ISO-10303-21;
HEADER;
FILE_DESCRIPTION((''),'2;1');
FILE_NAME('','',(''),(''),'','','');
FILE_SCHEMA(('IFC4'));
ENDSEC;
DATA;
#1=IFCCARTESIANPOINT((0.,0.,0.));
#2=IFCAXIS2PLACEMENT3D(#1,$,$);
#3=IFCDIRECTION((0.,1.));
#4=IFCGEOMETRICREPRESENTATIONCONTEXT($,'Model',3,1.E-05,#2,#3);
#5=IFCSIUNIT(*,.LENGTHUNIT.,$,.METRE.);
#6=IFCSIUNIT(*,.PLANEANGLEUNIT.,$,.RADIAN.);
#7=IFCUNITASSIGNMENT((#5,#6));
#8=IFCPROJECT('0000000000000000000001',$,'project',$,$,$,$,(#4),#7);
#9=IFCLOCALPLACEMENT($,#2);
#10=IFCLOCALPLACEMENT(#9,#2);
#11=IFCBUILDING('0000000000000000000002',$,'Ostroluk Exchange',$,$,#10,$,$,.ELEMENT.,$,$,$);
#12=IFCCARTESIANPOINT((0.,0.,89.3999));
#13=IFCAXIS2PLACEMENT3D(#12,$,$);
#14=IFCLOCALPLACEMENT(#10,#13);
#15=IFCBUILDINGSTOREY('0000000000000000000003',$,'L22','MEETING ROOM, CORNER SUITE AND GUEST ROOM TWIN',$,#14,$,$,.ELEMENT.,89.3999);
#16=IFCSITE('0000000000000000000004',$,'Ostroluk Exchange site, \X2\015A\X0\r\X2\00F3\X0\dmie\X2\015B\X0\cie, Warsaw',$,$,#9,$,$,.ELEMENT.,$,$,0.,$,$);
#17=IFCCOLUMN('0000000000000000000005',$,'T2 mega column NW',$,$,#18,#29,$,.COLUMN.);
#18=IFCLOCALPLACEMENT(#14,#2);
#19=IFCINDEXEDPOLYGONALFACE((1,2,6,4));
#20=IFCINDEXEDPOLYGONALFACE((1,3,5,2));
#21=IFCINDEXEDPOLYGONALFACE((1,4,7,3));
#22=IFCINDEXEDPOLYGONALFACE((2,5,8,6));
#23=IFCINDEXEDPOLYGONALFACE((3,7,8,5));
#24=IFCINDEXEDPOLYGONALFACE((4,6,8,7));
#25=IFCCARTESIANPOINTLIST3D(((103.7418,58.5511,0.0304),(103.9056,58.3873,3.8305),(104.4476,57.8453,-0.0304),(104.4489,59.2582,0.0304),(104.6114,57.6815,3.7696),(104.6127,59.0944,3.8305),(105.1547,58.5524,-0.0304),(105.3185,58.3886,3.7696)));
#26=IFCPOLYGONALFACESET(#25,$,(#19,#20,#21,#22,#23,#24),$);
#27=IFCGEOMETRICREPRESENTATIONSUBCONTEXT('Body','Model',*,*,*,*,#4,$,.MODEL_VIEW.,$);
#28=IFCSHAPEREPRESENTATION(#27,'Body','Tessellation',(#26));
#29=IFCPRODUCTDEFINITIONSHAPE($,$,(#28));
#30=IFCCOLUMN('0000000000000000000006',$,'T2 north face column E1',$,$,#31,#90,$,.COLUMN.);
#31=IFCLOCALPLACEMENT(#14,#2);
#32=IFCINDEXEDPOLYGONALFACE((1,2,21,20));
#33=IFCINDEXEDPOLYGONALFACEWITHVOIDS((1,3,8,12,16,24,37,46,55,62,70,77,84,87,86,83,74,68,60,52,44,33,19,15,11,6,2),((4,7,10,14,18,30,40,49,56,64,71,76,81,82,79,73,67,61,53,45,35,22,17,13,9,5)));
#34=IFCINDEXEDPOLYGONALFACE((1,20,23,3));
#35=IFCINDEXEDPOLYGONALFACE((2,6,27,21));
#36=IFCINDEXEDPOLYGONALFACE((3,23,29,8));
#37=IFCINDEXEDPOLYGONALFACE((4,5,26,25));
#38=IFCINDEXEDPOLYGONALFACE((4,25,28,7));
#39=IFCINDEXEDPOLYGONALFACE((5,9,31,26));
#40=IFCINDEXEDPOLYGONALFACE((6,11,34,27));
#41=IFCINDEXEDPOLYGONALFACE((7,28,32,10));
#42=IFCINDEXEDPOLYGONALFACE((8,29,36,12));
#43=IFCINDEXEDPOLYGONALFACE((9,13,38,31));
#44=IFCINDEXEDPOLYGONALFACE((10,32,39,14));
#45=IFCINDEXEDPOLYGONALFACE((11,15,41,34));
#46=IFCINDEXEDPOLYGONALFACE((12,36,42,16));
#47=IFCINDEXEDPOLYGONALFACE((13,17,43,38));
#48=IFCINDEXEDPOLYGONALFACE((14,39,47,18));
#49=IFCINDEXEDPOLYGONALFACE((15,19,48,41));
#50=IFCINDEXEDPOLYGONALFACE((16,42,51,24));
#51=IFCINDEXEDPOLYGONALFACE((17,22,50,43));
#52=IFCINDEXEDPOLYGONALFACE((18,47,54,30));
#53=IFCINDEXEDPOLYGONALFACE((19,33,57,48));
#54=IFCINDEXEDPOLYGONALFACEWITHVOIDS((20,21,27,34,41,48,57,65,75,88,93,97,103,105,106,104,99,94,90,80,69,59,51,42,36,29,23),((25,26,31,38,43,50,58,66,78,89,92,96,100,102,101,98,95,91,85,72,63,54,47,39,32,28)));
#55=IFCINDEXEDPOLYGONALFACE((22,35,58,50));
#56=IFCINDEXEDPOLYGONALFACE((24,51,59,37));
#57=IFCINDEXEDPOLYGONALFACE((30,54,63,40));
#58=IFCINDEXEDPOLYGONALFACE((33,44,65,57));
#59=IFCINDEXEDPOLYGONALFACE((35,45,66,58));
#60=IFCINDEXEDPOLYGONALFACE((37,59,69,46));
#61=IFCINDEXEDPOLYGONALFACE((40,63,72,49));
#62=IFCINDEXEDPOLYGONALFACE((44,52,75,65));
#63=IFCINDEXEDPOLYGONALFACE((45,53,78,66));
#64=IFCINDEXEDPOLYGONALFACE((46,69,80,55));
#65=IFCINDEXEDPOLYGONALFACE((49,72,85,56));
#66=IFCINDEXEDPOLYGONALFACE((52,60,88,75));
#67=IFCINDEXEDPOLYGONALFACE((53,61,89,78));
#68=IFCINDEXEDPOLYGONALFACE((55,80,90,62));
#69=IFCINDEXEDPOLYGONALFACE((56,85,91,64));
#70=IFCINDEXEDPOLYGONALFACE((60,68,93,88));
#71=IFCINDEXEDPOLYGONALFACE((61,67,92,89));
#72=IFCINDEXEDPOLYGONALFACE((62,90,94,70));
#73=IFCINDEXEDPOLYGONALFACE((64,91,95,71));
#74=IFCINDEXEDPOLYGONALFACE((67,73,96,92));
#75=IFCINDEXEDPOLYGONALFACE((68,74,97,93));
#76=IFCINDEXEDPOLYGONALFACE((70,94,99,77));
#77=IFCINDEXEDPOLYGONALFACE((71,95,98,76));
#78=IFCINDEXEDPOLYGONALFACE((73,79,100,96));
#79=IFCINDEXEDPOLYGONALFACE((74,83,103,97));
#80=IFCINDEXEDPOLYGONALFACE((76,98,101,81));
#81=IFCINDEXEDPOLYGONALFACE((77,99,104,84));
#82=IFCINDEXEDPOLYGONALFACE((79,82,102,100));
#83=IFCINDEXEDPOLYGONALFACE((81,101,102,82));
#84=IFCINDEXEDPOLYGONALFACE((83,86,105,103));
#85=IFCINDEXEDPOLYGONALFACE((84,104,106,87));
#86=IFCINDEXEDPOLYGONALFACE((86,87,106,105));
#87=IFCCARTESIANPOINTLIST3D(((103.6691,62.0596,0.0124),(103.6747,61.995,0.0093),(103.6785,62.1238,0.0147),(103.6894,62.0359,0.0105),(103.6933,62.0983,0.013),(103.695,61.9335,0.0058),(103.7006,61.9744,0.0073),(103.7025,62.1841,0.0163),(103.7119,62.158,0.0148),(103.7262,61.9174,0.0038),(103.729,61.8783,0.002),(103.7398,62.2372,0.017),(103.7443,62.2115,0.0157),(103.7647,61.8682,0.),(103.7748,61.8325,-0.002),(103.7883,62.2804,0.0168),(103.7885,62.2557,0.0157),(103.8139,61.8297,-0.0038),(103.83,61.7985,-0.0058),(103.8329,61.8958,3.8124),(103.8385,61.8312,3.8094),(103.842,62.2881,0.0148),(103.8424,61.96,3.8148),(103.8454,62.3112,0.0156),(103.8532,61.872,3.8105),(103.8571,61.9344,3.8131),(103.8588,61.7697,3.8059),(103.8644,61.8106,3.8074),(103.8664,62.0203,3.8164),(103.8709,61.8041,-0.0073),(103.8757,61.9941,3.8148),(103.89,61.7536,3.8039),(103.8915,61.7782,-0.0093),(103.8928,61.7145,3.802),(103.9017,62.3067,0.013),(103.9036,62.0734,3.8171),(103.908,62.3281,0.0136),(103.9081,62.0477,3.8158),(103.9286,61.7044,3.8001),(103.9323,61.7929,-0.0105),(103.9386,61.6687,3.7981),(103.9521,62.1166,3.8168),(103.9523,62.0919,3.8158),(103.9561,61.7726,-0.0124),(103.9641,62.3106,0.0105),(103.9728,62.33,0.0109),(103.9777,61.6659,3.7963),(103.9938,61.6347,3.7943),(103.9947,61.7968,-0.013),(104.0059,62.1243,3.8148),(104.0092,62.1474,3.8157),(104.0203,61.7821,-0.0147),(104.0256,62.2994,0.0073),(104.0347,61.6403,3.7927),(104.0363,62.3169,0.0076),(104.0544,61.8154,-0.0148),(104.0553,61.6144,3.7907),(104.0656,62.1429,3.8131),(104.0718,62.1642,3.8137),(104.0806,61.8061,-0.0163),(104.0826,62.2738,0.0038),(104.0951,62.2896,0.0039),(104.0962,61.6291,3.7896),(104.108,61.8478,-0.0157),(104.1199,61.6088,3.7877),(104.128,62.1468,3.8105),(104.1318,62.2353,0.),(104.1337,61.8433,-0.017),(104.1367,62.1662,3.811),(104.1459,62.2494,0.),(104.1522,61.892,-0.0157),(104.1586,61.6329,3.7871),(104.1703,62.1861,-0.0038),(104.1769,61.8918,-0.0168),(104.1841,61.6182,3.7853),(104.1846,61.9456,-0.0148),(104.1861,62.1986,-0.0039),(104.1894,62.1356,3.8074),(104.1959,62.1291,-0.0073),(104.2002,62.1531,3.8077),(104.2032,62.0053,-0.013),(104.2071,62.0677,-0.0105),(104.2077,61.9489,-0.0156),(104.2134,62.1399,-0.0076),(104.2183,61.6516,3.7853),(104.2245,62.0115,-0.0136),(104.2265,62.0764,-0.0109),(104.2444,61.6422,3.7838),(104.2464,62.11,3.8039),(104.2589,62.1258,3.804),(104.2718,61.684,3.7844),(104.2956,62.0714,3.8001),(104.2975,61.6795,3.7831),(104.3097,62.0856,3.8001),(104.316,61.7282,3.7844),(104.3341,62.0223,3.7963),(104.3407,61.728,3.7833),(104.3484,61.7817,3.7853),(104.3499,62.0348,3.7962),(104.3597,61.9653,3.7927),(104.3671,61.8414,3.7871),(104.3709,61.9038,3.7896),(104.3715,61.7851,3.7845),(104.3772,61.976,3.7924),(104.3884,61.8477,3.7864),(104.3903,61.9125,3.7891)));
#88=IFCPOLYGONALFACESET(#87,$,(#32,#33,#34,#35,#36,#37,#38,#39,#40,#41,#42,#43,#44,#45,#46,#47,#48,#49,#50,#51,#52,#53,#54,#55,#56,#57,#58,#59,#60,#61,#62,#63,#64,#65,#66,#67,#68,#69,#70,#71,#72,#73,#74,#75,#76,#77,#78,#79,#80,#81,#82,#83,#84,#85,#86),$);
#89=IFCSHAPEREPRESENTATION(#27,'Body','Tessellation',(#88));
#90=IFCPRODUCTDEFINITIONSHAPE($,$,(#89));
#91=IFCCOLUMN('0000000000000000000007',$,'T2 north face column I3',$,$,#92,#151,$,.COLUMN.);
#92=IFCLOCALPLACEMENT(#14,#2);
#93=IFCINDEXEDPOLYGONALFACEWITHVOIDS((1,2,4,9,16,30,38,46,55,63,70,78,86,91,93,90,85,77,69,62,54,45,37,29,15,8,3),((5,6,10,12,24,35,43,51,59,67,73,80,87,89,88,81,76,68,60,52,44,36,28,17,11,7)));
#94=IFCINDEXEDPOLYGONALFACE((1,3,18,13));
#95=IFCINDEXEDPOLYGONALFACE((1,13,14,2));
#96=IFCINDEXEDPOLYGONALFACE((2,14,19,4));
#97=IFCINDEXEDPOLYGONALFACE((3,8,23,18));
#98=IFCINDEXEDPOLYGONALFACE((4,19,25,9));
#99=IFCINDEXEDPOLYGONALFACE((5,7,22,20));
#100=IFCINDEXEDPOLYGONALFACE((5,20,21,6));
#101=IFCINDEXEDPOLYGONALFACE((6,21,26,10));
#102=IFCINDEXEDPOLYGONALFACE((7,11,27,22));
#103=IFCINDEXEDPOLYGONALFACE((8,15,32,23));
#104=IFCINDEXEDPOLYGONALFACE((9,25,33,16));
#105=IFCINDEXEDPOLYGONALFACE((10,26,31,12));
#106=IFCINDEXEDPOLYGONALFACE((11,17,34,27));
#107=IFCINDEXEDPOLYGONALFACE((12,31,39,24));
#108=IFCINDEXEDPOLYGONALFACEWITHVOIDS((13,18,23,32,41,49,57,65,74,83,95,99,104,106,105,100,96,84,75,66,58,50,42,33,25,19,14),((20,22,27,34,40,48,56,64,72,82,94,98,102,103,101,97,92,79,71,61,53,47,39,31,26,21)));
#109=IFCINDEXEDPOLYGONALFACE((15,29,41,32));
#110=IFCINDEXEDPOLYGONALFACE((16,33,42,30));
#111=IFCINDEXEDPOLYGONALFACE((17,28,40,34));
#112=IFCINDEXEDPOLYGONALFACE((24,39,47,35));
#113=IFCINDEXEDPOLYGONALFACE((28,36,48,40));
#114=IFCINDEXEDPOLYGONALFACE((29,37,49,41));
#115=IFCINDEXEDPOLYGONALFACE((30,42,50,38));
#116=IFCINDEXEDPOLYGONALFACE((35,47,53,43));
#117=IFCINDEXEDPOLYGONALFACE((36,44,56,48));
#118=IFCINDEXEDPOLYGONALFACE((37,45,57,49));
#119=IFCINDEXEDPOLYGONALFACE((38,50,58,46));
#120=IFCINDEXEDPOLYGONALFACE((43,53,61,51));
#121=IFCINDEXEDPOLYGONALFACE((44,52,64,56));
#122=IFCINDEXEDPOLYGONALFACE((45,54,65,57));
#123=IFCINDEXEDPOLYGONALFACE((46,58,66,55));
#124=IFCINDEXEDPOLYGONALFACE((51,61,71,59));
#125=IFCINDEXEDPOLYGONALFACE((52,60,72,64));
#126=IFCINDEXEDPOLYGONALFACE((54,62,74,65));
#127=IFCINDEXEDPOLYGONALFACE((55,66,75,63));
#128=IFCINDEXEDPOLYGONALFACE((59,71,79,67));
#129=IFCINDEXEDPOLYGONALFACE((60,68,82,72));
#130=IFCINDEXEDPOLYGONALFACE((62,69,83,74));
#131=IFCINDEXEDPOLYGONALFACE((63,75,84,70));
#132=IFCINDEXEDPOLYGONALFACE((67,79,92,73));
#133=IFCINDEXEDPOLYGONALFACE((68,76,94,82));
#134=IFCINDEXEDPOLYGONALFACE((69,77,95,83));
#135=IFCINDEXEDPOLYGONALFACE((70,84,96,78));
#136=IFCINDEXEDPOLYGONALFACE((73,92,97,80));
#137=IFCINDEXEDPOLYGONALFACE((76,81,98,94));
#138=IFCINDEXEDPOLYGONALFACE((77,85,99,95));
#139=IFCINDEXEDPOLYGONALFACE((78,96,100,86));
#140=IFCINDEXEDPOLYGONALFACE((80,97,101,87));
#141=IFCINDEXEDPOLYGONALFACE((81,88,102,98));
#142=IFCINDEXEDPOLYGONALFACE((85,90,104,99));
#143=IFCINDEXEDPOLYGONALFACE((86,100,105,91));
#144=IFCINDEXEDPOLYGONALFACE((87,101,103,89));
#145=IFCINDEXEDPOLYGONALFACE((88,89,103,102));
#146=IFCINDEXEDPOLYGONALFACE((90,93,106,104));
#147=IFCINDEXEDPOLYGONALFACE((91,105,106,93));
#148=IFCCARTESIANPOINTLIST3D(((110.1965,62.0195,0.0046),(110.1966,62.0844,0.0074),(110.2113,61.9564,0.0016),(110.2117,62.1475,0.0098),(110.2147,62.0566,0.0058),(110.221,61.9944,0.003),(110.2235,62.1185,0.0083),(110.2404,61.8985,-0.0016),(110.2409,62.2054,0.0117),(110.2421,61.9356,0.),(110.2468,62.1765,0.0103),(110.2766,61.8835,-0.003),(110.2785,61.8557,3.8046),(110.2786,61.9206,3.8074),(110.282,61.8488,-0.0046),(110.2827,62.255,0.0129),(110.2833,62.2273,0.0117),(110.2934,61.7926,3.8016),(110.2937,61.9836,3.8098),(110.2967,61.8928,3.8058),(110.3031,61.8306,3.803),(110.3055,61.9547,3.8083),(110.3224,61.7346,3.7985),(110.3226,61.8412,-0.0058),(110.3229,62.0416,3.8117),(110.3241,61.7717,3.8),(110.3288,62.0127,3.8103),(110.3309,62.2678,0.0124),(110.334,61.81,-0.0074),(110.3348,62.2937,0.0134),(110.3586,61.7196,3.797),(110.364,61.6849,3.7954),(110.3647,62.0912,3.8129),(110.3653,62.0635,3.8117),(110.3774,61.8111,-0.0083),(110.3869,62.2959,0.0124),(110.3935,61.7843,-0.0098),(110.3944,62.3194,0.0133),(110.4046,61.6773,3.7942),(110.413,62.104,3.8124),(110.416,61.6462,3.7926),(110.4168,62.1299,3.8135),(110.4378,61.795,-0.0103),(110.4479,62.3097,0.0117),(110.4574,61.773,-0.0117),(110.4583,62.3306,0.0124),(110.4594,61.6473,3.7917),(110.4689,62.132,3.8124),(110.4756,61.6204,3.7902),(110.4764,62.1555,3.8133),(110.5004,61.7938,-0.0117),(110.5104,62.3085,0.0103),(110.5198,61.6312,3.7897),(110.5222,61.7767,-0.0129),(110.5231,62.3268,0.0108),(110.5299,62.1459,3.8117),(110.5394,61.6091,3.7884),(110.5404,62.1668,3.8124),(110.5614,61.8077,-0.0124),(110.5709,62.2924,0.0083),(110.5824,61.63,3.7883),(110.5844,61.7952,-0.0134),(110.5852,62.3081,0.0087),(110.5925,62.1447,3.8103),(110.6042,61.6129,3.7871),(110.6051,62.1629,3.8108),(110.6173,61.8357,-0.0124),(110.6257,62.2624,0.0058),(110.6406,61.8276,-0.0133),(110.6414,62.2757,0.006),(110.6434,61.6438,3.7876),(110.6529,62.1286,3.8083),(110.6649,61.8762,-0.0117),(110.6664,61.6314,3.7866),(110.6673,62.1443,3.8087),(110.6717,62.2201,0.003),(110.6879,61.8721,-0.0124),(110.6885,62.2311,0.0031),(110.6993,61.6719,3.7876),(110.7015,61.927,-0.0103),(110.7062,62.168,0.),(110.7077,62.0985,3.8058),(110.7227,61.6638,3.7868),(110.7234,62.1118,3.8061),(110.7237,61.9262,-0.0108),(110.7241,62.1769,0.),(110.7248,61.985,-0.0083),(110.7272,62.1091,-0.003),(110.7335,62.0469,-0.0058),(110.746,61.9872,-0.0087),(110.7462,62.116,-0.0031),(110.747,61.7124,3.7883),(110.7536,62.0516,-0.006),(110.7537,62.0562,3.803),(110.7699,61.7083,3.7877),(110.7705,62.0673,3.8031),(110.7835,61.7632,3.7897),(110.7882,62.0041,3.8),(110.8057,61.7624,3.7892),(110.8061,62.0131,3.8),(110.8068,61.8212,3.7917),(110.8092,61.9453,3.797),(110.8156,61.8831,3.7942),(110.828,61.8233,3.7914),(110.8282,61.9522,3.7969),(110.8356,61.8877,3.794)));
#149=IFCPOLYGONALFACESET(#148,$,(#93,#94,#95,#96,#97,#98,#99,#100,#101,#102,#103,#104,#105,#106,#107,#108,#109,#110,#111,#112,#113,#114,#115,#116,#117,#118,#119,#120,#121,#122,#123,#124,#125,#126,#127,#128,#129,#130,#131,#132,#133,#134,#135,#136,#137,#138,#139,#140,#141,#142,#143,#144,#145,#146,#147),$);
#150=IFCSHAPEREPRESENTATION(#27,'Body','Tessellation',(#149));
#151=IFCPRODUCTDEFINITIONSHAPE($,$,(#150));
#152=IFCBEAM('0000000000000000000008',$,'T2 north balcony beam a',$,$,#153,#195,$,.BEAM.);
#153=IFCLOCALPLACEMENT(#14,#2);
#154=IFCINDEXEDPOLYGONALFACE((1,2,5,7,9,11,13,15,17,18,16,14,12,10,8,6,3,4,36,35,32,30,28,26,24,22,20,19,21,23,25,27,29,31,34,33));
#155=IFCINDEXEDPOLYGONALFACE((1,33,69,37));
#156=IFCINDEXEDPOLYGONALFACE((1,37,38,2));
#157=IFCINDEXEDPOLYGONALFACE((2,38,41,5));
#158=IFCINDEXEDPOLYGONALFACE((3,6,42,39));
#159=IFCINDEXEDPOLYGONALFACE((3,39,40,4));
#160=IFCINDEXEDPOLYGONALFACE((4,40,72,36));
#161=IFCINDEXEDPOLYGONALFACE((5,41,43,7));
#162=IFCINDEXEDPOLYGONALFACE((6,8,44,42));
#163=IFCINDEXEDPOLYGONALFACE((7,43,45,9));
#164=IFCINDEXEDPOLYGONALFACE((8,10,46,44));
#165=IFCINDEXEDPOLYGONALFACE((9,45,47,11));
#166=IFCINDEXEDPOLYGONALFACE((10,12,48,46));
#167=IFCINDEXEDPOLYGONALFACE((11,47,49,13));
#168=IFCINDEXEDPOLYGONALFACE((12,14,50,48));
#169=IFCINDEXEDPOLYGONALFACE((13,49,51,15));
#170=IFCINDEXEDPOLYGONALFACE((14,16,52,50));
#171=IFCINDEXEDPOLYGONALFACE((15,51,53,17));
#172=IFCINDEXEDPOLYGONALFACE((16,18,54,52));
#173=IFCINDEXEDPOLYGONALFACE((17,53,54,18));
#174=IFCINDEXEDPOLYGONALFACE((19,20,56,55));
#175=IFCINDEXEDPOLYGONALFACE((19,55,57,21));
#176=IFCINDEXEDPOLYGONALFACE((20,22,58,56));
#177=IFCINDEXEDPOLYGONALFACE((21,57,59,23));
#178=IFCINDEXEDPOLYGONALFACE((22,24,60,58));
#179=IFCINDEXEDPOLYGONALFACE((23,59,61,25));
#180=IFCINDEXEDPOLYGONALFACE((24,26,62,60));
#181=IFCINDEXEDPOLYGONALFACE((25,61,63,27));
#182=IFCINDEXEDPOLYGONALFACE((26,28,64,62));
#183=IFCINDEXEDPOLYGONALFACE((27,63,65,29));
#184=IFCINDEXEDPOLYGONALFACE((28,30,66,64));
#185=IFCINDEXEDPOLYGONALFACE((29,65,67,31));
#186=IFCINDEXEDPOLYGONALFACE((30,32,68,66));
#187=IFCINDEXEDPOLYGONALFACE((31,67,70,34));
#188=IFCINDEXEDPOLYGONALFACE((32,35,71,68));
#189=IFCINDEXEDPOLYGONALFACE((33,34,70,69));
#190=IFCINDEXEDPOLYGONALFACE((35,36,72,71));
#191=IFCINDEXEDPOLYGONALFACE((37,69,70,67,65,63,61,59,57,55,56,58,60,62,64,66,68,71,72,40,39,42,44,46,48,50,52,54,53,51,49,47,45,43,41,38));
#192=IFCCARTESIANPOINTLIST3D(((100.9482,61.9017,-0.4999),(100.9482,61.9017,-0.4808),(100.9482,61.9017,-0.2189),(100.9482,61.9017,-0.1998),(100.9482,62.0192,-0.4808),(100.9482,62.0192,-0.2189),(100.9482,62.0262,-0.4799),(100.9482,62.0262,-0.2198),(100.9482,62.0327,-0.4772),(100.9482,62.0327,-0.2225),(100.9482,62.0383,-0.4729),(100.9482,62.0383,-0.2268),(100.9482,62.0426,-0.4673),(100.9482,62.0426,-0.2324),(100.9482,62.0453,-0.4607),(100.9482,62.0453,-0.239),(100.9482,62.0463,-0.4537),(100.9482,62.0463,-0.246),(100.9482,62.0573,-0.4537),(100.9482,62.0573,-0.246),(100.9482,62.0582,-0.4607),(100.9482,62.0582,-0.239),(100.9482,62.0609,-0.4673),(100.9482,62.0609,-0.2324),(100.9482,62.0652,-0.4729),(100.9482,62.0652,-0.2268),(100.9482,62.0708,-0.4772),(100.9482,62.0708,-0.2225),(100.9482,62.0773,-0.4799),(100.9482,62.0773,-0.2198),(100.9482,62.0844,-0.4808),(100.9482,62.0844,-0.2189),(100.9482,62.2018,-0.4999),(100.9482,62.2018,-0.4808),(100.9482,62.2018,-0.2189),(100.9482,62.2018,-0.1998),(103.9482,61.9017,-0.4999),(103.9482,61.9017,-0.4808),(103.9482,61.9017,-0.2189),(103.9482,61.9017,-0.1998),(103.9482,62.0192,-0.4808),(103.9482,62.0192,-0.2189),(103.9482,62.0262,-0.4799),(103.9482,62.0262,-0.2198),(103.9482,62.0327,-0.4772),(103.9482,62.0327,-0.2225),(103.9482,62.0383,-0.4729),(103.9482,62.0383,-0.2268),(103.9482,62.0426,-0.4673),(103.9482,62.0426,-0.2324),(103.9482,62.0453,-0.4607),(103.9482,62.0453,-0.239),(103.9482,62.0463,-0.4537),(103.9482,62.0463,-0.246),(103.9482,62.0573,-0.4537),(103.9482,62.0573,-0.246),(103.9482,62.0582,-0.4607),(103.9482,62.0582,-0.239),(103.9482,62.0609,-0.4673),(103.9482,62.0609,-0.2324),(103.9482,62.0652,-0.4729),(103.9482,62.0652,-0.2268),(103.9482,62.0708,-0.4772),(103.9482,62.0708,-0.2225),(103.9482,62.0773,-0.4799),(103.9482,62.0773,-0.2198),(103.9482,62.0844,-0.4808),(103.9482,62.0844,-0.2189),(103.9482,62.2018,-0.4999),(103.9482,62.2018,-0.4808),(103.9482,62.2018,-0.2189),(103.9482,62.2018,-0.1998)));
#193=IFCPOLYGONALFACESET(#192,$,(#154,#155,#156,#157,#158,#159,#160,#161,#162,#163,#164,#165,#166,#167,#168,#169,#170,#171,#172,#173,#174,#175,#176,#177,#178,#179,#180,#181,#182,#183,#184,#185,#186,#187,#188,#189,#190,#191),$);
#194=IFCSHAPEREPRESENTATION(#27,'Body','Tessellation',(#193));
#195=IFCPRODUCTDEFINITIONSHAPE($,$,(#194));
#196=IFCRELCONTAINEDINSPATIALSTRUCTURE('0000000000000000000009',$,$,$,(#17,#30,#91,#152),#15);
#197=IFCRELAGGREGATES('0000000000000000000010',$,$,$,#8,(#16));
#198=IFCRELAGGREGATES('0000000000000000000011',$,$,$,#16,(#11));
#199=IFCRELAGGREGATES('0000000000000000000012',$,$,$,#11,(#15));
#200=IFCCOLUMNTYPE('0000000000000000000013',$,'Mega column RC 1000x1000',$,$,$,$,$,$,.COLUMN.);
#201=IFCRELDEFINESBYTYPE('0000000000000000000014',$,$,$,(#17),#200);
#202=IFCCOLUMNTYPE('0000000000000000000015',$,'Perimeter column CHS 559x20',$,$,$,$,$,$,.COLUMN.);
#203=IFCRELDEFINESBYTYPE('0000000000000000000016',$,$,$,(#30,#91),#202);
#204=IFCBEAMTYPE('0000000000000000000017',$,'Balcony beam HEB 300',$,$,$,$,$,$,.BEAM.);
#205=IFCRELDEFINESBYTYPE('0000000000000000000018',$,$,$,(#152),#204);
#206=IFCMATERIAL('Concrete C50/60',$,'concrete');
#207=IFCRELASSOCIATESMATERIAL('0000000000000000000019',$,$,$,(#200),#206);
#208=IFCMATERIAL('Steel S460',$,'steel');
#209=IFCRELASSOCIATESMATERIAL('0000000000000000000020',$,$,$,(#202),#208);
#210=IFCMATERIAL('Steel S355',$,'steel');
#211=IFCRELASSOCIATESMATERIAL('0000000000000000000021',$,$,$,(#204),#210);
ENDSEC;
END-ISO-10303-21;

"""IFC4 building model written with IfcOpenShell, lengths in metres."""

from ifc_helpers import new_model, si_unit, direction, frame, origin, origin_2d, place, context, subcontext, project, spatial, rectangle, hollow_circle, i_section, extrude, material, material_profile, profile_set, type_object, element, save


model = new_model("IFC4")

# Units and contexts
model_context = context("Model", 3, precision=1e-05, world=origin(), true_north=direction((0.0, 1.0)))
body_context = subcontext(model_context, "Body", "Model", "MODEL_VIEW")
ifc_project = project(units=[si_unit("LENGTHUNIT", "METRE"), si_unit("PLANEANGLEUNIT", "RADIAN")], contexts=[model_context])

# Site, building, storey
site_placement = place(None, origin())
site = spatial("IfcSite", under=ifc_project, at=site_placement, Name="Ostroluk Exchange site, Śródmieście, Warsaw", CompositionType="ELEMENT", RefElevation=0.0)
building_placement = place(site_placement, origin())
building = spatial("IfcBuilding", under=site, at=building_placement, Name="Ostroluk Exchange", CompositionType="ELEMENT")
storey_placement = place(building_placement, frame((0.0, 0.0, 89.3999)))
storey = spatial("IfcBuildingStorey", under=building, at=storey_placement, Name="L22", Description="MEETING ROOM, CORNER SUITE AND GUEST ROOM TWIN", CompositionType="ELEMENT", Elevation=89.3999)

# Columns
ifc_material_1 = material(Name="Concrete C50/60", Category="concrete")
ifc_material_profile_1 = material_profile(ifc_material_1, rectangle(XDim=1.0, YDim=1.0, at=origin_2d()), Name="RC 1000x1000")
ifc_profile_set_1 = profile_set([ifc_material_profile_1], Name="Concrete C50/60")
column_type_1 = type_object("IfcColumnType", Name="Mega column RC 1000x1000", PredefinedType="COLUMN", material=ifc_profile_set_1)
column_1_placement = place(storey_placement, frame((104.4482, 58.5518, 0.0), z_axis=(0.04303, -0.04303, 0.998147), x_axis=(0.707107, 0.707107, 0.0)))
element("IfcColumn", 1, at=column_1_placement, inside=storey, type_object=column_type_1, Name="T2 mega column NW", PredefinedType="COLUMN", context=body_context, shape_type="SweptSolid", body=[
    extrude(rectangle(XDim=1.0, YDim=1.0, at=origin_2d()), origin(), (0.0, 0.0, 1.0), 3.8071),
])
ifc_material_2 = material(Name="Steel S460", Category="steel")
ifc_material_profile_2 = material_profile(ifc_material_2, hollow_circle(Radius=0.2795, WallThickness=0.02, at=origin_2d()), Name="CHS 559x20")
ifc_profile_set_2 = profile_set([ifc_material_profile_2], Name="Steel S460")
column_type_2 = type_object("IfcColumnType", Name="Perimeter column CHS 559x20", PredefinedType="COLUMN", material=ifc_profile_set_2)
column_2_placement = place(storey_placement, frame((103.9482, 62.0518, 0.0), z_axis=(0.04303, -0.04303, 0.998147), x_axis=(0.707107, 0.707107, 0.0)))
element("IfcColumn", 2, at=column_2_placement, inside=storey, type_object=column_type_2, Name="T2 north face column E1", PredefinedType="COLUMN", context=body_context, shape_type="SweptSolid", body=[
    extrude(hollow_circle(Radius=0.2795, WallThickness=0.02, at=origin_2d()), origin(), (0.0, 0.0, 1.0), 3.8071),
])
column_3_placement = place(storey_placement, frame((110.4741, 62.0518, 0.0), z_axis=(0.021562, -0.04306, 0.99884), x_axis=(0.894161, 0.447747, 0.0)))
element("IfcColumn", 3, at=column_3_placement, inside=storey, type_object=column_type_2, Name="T2 north face column I3", PredefinedType="COLUMN", context=body_context, shape_type="SweptSolid", body=[
    extrude(hollow_circle(Radius=0.2795, WallThickness=0.02, at=origin_2d()), origin(), (0.0, 0.0, 1.0), 3.8044),
])

# Beam
ifc_material_3 = material(Name="Steel S355", Category="steel")
ifc_material_profile_3 = material_profile(ifc_material_3, i_section(OverallWidth=0.3, OverallDepth=0.3, WebThickness=0.011, FlangeThickness=0.019, FilletRadius=0.0271, at=origin_2d()), Name="HEB 300")
ifc_profile_set_3 = profile_set([ifc_material_profile_3], Name="Steel S355")
beam_type_1 = type_object("IfcBeamType", Name="Balcony beam HEB 300", PredefinedType="BEAM", material=ifc_profile_set_3)
beam_1_placement = place(storey_placement, frame((103.9482, 62.0518, -0.3499), z_axis=(-1.0, 0.0, 0.0), x_axis=(0.0, -1.0, 0.0)))
element("IfcBeam", 4, at=beam_1_placement, inside=storey, type_object=beam_type_1, Name="T2 north balcony beam a", PredefinedType="BEAM", context=body_context, shape_type="SweptSolid", body=[
    extrude(i_section(OverallWidth=0.3, OverallDepth=0.3, WebThickness=0.011, FlangeThickness=0.019, FilletRadius=0.0271, at=origin_2d()), origin(), (0.0, 0.0, 1.0), 3.0),
])

save(model, "model.ifc")
